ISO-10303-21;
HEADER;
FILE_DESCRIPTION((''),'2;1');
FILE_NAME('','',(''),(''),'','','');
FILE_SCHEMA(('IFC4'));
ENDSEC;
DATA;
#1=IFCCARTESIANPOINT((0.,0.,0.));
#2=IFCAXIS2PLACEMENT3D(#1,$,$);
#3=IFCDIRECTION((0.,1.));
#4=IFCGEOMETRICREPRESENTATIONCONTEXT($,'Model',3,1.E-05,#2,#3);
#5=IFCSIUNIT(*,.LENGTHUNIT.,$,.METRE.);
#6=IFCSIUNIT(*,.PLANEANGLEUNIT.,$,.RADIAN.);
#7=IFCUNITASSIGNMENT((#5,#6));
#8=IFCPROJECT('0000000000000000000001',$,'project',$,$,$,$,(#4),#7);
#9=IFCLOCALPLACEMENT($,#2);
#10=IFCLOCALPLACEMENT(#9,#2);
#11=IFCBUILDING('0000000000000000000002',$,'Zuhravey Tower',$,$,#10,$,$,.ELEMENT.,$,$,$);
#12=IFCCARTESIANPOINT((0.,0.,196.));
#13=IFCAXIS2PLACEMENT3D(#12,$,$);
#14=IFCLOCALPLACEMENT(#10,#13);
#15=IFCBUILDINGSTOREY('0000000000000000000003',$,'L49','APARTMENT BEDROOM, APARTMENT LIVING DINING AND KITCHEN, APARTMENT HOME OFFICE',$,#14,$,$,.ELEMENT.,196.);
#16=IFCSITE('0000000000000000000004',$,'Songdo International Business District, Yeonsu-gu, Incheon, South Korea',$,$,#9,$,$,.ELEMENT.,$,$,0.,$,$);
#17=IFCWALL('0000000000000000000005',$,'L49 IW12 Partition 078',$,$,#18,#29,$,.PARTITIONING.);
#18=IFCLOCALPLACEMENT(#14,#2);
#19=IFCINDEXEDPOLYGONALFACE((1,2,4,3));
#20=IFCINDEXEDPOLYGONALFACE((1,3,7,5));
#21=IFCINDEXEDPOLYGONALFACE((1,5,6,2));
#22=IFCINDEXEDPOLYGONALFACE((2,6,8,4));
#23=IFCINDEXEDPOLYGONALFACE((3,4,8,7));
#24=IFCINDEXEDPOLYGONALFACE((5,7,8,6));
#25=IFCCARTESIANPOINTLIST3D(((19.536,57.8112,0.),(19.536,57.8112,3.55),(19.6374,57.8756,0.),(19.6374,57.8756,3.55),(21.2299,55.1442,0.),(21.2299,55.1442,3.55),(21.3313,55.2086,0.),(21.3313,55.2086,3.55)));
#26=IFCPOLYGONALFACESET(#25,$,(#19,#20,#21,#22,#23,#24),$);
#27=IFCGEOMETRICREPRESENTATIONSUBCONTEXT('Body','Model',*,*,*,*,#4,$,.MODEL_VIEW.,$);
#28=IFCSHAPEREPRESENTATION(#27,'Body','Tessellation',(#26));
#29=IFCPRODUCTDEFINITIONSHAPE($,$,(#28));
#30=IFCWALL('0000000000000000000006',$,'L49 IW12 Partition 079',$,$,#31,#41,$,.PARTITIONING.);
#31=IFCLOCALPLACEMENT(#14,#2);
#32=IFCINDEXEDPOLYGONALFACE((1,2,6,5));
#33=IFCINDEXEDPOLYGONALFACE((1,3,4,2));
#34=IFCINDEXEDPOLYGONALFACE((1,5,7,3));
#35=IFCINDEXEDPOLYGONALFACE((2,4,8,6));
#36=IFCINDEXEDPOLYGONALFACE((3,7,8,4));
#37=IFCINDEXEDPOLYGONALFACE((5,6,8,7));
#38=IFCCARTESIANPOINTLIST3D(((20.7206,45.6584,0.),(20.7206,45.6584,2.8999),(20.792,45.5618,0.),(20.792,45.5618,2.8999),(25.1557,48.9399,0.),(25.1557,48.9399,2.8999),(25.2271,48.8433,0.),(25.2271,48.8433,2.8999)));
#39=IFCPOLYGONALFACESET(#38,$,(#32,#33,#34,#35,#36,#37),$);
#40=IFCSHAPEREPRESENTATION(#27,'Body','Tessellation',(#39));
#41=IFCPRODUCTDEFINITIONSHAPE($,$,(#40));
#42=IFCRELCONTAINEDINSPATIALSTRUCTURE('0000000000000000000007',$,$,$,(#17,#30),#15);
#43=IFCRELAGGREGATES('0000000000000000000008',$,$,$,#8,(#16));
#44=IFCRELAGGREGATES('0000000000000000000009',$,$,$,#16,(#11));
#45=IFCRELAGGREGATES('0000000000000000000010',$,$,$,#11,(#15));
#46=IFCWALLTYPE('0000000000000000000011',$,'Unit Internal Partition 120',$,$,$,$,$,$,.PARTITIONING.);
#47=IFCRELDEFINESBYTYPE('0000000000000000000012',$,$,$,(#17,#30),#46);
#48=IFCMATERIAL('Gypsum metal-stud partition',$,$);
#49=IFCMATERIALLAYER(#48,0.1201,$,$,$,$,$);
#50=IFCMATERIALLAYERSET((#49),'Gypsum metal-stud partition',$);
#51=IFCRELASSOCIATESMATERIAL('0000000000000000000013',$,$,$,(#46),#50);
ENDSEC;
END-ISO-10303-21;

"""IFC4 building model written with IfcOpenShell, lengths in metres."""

from ifc_helpers import new_model, si_unit, direction, frame, frame_2d, origin, place, context, subcontext, project, spatial, rectangle, extrude, material, layer, layer_set, type_object, element, save


model = new_model("IFC4")

# Units and contexts
model_context = context("Model", 3, precision=1e-05, world=origin(), true_north=direction((0.0, 1.0)))
body_context = subcontext(model_context, "Body", "Model", "MODEL_VIEW")
ifc_project = project(units=[si_unit("LENGTHUNIT", "METRE"), si_unit("PLANEANGLEUNIT", "RADIAN")], contexts=[model_context])

# Site, building, storey
site_placement = place(None, origin())
site = spatial("IfcSite", under=ifc_project, at=site_placement, Name="Songdo International Business District, Yeonsu-gu, Incheon, South Korea", CompositionType="ELEMENT", RefElevation=0.0)
building_placement = place(site_placement, origin())
building = spatial("IfcBuilding", under=site, at=building_placement, Name="Zuhravey Tower", CompositionType="ELEMENT")
storey_placement = place(building_placement, frame((0.0, 0.0, 196.0)))
storey = spatial("IfcBuildingStorey", under=building, at=storey_placement, Name="L49", Description="APARTMENT BEDROOM, APARTMENT LIVING DINING AND KITCHEN, APARTMENT HOME OFFICE", CompositionType="ELEMENT", Elevation=196.0)

# Shared definitions
ifc_material_1 = material(Name="Gypsum metal-stud partition")
ifc_layer_1 = layer(ifc_material_1, 0.1201)
ifc_layer_set_1 = layer_set([ifc_layer_1], Name="Gypsum metal-stud partition")
wall_type_1 = type_object("IfcWallType", Name="Unit Internal Partition 120", PredefinedType="PARTITIONING", material=ifc_layer_set_1)

# Walls
wall_1_placement = place(storey_placement, frame((21.2805, 55.1765, 0.0), z_axis=(0.0, 0.0, 1.0), x_axis=(-0.536125, 0.844138, 0.0)))
element("IfcWall", 1, at=wall_1_placement, inside=storey, type_object=wall_type_1, Name="L49 IW12 Partition 078", PredefinedType="PARTITIONING", context=body_context, shape_type="SweptSolid", body=[
    extrude(rectangle(XDim=3.1594, YDim=0.1201, at=frame_2d((1.5796, 0.0))), origin(), (0.0, 0.0, 1.0), 3.55),
])
wall_2_placement = place(storey_placement, frame((25.1914, 48.8916, 0.0), z_axis=(0.0, 0.0, 1.0), x_axis=(-0.803881, -0.59479, 0.0)))
element("IfcWall", 2, at=wall_2_placement, inside=storey, type_object=wall_type_1, Name="L49 IW12 Partition 079", PredefinedType="PARTITIONING", context=body_context, shape_type="SweptSolid", body=[
    extrude(rectangle(XDim=5.5171, YDim=0.1201, at=frame_2d((2.7585, 0.0))), origin(), (0.0, 0.0, 1.0), 2.8999),
])

save(model, "model.ifc")
